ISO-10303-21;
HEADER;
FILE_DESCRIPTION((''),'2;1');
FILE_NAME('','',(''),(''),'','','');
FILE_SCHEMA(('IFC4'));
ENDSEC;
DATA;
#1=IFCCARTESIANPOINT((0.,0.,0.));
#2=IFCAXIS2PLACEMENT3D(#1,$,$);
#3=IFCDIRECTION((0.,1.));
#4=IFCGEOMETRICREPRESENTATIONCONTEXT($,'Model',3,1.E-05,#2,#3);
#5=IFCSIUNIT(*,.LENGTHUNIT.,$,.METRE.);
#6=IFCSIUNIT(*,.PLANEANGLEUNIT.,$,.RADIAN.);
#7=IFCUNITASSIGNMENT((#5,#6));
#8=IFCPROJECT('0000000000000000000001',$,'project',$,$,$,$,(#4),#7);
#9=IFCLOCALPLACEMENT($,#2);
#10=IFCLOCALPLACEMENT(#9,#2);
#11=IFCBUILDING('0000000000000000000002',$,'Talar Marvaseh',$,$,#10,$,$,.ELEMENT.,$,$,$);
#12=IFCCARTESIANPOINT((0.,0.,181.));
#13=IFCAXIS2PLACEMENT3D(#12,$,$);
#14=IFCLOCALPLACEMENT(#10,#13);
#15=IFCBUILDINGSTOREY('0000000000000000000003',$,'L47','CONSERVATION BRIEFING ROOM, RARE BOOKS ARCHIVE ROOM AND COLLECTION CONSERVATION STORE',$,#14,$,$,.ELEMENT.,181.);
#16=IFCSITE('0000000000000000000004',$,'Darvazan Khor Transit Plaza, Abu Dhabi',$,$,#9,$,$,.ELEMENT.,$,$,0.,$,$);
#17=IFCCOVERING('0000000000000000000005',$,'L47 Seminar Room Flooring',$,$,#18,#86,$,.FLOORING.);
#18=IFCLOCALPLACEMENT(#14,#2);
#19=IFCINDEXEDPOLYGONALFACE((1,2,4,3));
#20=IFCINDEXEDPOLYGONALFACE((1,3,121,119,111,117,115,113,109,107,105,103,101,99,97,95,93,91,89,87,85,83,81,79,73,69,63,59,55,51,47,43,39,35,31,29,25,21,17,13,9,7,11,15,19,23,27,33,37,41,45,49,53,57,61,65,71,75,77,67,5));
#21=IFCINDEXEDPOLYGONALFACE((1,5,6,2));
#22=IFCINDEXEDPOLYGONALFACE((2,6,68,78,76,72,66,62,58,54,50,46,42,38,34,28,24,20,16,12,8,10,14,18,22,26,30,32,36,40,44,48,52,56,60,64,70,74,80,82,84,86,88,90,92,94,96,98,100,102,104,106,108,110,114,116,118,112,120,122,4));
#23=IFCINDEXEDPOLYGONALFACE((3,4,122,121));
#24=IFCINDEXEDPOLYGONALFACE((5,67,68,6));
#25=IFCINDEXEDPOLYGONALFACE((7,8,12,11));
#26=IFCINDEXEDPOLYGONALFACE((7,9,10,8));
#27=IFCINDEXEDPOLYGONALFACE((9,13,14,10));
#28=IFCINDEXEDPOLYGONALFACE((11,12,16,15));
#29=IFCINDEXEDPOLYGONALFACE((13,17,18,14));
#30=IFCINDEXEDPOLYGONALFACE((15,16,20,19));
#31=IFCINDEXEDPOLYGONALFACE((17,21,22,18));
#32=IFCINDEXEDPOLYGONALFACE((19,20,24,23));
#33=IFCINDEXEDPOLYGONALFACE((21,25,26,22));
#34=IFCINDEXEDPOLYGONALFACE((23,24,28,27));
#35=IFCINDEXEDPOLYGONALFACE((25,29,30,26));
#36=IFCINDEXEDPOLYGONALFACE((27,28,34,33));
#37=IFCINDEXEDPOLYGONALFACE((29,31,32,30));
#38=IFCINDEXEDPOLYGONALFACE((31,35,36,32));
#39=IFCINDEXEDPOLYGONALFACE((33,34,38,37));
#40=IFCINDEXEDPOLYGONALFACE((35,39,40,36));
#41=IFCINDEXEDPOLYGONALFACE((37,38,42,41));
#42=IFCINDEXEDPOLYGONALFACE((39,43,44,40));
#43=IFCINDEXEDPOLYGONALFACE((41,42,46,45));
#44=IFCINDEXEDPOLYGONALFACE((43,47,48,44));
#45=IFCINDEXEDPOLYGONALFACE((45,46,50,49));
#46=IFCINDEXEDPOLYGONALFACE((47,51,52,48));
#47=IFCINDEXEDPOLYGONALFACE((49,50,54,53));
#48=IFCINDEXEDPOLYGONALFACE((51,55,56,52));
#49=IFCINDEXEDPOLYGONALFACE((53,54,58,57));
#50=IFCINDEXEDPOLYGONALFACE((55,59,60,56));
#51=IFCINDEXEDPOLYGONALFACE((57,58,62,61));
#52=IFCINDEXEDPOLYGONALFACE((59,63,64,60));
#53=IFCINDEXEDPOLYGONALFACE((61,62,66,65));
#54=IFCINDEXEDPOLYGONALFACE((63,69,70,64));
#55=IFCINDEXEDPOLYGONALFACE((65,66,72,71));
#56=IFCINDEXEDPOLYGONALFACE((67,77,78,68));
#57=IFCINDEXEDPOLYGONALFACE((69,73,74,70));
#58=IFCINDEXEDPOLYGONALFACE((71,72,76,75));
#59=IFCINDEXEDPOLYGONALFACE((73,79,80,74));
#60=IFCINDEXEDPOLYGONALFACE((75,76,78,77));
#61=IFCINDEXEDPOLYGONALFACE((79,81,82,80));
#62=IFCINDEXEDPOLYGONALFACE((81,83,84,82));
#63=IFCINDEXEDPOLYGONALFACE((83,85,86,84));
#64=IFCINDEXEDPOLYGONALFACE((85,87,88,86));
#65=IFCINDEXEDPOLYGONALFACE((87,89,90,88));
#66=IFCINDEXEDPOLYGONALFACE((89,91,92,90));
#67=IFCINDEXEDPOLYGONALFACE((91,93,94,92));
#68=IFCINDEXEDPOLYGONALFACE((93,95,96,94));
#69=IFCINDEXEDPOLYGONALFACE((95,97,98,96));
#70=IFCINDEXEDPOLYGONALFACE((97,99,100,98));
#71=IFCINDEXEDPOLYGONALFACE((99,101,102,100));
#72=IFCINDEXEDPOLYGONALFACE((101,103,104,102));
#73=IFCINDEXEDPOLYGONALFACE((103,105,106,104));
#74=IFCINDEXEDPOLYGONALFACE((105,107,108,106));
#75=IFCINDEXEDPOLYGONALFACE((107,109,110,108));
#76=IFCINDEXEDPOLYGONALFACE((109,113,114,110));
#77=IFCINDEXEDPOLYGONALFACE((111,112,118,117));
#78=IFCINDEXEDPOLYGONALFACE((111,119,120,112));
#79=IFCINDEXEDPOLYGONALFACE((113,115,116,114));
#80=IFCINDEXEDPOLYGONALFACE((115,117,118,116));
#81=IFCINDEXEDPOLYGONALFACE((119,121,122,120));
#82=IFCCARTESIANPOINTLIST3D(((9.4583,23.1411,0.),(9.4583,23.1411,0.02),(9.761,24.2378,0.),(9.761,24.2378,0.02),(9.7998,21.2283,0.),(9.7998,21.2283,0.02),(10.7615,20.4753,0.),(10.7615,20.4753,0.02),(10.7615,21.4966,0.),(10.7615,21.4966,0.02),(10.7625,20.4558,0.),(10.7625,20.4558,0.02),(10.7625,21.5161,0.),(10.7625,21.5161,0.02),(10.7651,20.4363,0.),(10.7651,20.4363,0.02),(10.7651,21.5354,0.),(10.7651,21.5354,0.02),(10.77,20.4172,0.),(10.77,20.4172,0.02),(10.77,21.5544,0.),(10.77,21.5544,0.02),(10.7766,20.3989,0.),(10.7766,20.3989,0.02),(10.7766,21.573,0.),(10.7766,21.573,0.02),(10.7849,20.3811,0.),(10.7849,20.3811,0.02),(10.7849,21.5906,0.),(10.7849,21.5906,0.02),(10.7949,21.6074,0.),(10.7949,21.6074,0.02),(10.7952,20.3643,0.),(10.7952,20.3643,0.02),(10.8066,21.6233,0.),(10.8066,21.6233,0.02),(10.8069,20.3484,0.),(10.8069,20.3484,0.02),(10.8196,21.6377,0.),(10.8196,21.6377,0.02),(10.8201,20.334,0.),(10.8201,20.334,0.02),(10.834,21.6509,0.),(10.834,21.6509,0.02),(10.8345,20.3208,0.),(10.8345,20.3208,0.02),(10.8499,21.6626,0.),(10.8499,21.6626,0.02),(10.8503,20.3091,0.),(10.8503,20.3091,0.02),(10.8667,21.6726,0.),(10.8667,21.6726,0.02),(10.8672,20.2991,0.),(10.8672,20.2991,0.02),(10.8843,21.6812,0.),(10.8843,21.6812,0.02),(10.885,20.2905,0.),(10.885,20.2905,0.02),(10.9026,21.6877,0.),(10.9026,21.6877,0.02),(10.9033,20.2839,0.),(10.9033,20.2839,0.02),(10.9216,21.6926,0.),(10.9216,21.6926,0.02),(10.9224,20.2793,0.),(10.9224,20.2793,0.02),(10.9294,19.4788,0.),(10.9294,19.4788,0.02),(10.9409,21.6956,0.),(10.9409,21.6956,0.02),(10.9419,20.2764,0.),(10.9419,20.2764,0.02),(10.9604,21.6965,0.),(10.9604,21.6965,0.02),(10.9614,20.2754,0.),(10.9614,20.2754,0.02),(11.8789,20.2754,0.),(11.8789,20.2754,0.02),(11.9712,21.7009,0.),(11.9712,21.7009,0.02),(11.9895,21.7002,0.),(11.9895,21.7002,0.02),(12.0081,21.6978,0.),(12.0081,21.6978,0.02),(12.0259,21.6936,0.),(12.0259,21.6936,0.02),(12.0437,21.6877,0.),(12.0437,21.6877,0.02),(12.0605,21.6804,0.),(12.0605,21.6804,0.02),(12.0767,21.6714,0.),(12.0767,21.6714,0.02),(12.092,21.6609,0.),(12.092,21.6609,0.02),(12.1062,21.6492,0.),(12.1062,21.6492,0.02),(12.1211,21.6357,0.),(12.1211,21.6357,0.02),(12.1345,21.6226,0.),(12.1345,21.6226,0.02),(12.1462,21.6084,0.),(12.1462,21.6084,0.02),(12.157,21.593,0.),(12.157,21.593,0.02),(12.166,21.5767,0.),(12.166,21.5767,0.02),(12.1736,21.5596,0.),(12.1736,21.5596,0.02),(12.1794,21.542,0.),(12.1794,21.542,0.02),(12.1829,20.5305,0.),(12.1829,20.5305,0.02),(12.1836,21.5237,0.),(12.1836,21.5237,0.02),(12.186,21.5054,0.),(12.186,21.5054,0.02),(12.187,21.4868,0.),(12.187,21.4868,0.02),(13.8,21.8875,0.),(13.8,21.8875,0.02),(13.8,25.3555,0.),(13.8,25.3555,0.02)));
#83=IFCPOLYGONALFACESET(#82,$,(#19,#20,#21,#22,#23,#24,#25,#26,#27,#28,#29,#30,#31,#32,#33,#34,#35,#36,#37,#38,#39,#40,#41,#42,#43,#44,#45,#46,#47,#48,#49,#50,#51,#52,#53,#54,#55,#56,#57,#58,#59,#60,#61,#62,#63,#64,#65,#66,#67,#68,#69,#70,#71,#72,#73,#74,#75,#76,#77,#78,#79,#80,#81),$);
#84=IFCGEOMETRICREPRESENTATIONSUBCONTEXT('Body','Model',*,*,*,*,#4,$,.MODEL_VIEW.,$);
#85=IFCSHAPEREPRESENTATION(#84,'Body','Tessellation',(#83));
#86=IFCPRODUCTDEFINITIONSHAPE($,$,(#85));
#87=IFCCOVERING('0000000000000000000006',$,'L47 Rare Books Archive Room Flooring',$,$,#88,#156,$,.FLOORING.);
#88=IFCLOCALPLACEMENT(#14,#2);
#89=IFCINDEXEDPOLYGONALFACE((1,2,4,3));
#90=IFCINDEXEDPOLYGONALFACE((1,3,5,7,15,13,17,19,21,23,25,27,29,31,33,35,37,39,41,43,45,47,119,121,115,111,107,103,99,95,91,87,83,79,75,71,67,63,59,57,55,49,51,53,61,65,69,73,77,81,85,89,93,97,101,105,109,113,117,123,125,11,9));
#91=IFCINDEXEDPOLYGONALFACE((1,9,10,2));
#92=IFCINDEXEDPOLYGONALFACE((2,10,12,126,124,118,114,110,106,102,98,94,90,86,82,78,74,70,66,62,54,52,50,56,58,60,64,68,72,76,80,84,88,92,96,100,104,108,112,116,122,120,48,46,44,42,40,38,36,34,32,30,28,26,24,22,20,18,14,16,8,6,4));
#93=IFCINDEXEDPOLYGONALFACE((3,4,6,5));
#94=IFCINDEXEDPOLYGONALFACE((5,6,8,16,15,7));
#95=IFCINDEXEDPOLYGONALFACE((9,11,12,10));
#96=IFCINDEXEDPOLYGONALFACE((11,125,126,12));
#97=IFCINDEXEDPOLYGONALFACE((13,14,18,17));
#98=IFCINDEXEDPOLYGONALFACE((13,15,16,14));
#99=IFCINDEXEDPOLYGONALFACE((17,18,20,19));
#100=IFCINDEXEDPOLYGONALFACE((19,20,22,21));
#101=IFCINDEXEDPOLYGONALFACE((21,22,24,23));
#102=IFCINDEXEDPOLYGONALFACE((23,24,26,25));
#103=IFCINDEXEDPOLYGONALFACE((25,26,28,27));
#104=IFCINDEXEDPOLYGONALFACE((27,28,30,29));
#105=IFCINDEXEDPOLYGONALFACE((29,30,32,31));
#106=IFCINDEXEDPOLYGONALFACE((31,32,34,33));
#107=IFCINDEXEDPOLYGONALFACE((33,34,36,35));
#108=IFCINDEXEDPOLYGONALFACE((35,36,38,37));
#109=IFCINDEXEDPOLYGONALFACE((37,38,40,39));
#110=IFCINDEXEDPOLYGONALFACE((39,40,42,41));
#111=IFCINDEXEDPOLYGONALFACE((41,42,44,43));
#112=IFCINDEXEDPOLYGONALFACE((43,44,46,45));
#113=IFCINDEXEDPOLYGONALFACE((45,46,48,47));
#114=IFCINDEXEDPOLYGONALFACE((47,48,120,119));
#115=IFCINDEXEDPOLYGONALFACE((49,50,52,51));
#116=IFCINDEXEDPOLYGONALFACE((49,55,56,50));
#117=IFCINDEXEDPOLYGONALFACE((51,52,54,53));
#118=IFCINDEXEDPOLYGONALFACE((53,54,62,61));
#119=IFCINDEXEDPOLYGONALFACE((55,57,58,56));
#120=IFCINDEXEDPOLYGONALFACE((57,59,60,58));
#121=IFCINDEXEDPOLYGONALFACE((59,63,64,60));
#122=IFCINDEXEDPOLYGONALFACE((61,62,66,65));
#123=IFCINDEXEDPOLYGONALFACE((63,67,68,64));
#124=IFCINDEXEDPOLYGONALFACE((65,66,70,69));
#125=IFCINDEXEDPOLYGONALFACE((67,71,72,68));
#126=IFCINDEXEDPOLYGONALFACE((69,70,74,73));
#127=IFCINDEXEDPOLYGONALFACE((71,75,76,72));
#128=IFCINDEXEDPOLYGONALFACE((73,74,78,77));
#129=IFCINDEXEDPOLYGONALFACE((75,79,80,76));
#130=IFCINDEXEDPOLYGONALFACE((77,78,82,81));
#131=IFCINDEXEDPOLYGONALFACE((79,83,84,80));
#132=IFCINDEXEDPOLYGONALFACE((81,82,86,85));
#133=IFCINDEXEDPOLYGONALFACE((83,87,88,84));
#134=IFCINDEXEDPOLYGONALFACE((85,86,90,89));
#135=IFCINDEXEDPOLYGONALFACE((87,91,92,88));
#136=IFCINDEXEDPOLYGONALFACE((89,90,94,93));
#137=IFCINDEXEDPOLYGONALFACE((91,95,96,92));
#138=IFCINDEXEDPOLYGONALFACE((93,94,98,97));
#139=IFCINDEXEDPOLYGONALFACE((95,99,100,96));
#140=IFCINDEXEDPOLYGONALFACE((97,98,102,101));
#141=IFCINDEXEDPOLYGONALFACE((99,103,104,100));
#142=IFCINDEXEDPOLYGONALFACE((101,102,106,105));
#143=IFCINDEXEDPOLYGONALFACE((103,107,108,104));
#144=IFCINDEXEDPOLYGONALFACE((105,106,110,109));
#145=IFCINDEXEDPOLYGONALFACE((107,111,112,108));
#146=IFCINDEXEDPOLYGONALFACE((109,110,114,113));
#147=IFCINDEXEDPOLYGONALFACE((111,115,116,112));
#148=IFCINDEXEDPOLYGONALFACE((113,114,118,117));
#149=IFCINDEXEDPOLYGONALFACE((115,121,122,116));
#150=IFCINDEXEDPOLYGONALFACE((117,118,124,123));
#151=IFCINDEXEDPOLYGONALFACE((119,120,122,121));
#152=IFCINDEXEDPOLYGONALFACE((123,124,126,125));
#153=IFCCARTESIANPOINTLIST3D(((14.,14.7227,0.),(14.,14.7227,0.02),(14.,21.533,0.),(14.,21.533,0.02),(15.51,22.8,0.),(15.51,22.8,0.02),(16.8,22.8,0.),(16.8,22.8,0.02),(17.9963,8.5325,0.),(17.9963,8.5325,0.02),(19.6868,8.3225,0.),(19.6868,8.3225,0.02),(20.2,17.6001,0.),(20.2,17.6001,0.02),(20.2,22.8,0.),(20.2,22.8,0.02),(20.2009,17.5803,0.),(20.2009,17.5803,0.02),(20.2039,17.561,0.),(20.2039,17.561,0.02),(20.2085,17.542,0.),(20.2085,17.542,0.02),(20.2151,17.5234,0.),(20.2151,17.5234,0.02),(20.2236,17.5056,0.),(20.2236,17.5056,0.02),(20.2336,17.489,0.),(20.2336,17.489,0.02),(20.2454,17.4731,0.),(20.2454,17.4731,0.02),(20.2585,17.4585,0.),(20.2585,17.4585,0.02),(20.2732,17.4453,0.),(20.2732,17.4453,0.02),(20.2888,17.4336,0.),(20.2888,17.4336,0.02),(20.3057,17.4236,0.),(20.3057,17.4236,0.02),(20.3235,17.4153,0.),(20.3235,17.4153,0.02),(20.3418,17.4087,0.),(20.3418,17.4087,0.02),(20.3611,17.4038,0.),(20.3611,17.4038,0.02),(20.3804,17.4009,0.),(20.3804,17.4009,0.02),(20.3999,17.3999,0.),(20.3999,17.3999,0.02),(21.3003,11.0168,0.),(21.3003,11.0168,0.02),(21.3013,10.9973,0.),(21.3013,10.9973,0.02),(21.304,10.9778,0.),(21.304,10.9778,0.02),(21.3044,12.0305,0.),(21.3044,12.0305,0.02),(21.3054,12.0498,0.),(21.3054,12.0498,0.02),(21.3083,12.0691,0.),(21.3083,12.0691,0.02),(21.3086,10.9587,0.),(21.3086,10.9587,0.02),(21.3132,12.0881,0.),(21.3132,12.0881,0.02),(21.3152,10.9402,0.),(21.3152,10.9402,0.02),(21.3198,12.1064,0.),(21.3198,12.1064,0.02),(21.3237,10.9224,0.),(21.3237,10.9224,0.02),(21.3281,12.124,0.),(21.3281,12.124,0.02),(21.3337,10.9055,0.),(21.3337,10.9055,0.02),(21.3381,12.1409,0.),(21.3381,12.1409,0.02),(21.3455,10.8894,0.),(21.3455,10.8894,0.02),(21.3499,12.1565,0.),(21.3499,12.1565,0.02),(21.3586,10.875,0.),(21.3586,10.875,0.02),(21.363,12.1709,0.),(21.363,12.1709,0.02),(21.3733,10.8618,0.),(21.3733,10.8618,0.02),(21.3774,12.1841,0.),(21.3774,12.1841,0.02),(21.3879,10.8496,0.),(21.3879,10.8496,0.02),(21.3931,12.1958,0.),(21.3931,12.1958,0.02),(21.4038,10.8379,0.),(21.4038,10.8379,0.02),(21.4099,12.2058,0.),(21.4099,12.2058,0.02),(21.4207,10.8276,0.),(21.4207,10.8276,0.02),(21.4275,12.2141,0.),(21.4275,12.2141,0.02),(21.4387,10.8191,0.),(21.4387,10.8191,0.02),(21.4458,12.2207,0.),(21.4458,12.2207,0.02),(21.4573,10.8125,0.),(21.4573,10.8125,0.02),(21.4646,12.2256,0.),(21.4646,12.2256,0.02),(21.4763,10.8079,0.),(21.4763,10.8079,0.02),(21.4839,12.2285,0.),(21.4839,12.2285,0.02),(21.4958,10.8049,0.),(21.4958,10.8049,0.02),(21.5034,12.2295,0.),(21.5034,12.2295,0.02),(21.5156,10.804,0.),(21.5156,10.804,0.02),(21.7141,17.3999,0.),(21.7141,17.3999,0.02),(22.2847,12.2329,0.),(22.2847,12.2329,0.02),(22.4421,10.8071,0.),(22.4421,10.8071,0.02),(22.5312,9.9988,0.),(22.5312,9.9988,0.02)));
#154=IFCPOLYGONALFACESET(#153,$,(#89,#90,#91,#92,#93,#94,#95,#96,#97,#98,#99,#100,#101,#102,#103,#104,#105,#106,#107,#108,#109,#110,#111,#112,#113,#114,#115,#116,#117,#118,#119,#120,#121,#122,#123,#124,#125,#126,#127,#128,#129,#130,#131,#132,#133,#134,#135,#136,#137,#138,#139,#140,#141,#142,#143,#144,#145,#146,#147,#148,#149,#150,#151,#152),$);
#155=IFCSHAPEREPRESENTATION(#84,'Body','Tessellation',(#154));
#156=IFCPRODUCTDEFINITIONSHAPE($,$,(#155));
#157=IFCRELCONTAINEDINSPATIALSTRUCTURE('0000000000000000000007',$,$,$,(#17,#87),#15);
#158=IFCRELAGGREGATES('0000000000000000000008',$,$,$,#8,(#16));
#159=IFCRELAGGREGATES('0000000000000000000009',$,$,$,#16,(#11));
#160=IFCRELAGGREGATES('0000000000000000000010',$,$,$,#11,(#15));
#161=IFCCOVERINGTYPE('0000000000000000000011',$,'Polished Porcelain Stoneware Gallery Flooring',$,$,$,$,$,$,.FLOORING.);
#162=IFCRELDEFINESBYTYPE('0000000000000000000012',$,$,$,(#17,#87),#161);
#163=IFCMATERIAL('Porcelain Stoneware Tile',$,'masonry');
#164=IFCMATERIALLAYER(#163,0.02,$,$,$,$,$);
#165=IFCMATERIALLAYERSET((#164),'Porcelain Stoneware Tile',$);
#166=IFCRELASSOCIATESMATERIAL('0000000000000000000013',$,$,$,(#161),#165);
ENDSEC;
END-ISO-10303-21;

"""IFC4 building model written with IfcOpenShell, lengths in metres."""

from ifc_helpers import new_model, si_unit, direction, frame, origin, place, context, subcontext, project, spatial, polyline, outline, extrude, material, layer, layer_set, type_object, element, save


model = new_model("IFC4")

# Units and contexts
model_context = context("Model", 3, precision=1e-05, world=origin(), true_north=direction((0.0, 1.0)))
body_context = subcontext(model_context, "Body", "Model", "MODEL_VIEW")
ifc_project = project(units=[si_unit("LENGTHUNIT", "METRE"), si_unit("PLANEANGLEUNIT", "RADIAN")], contexts=[model_context])

# Site, building, storey
site_placement = place(None, origin())
site = spatial("IfcSite", under=ifc_project, at=site_placement, Name="Darvazan Khor Transit Plaza, Abu Dhabi", CompositionType="ELEMENT", RefElevation=0.0)
building_placement = place(site_placement, origin())
building = spatial("IfcBuilding", under=site, at=building_placement, Name="Talar Marvaseh", CompositionType="ELEMENT")
storey_placement = place(building_placement, frame((0.0, 0.0, 181.0)))
storey = spatial("IfcBuildingStorey", under=building, at=storey_placement, Name="L47", Description="CONSERVATION BRIEFING ROOM, RARE BOOKS ARCHIVE ROOM AND COLLECTION CONSERVATION STORE", CompositionType="ELEMENT", Elevation=181.0)

# Coverings
ifc_material_1 = material(Name="Porcelain Stoneware Tile", Category="masonry")
ifc_layer_1 = layer(ifc_material_1, 0.02)
ifc_layer_set_1 = layer_set([ifc_layer_1], Name="Porcelain Stoneware Tile")
covering_type_1 = type_object("IfcCoveringType", Name="Polished Porcelain Stoneware Gallery Flooring", PredefinedType="FLOORING", material=ifc_layer_set_1)
covering_1_placement = place(storey_placement, origin())
element("IfcCovering", 1, at=covering_1_placement, inside=storey, type_object=covering_type_1, Name="L47 Seminar Room Flooring", PredefinedType="FLOORING", context=body_context, shape_type="SweptSolid", body=[
    extrude(outline(polyline([(13.8, 25.3555), (13.8, 21.8875), (12.1829, 20.5305), (12.187, 21.4868), (12.186, 21.5054), (12.1836, 21.5237), (12.1794, 21.542), (12.1736, 21.5596), (12.166, 21.5767), (12.157, 21.593), (12.1462, 21.6084), (12.1345, 21.6226), (12.1211, 21.6357), (12.1062, 21.6492), (12.092, 21.6609), (12.0767, 21.6714), (12.0605, 21.6804), (12.0437, 21.6877), (12.0259, 21.6936), (12.0081, 21.6978), (11.9895, 21.7002), (11.9712, 21.7009), (10.9604, 21.6965), (10.9409, 21.6956), (10.9216, 21.6926), (10.9026, 21.6877), (10.8843, 21.6812), (10.8667, 21.6726), (10.8499, 21.6626), (10.834, 21.6509), (10.8196, 21.6377), (10.8066, 21.6233), (10.7949, 21.6074), (10.7849, 21.5906), (10.7766, 21.573), (10.77, 21.5544), (10.7651, 21.5354), (10.7625, 21.5161), (10.7615, 21.4966), (10.7615, 20.4753), (10.7625, 20.4558), (10.7651, 20.4363), (10.77, 20.4172), (10.7766, 20.3989), (10.7849, 20.3811), (10.7952, 20.3643), (10.8069, 20.3484), (10.8201, 20.334), (10.8345, 20.3208), (10.8503, 20.3091), (10.8672, 20.2991), (10.885, 20.2905), (10.9033, 20.2839), (10.9224, 20.2793), (10.9419, 20.2764), (10.9614, 20.2754), (11.8789, 20.2754), (10.9294, 19.4788), (9.7998, 21.2283), (9.4583, 23.1411), (9.761, 24.2378), (13.8, 25.3555)])), origin(), (0.0, 0.0, 1.0), 0.02),
])
covering_2_placement = place(storey_placement, origin())
element("IfcCovering", 2, at=covering_2_placement, inside=storey, type_object=covering_type_1, Name="L47 Rare Books Archive Room Flooring", PredefinedType="FLOORING", context=body_context, shape_type="SweptSolid", body=[
    extrude(outline(polyline([(16.8, 22.8), (20.2, 22.8), (20.2, 17.6001), (20.2009, 17.5803), (20.2039, 17.561), (20.2085, 17.542), (20.2151, 17.5234), (20.2236, 17.5056), (20.2336, 17.489), (20.2454, 17.4731), (20.2585, 17.4585), (20.2732, 17.4453), (20.2888, 17.4336), (20.3057, 17.4236), (20.3235, 17.4153), (20.3418, 17.4087), (20.3611, 17.4038), (20.3804, 17.4009), (20.3999, 17.3999), (21.7141, 17.3999), (22.2847, 12.2329), (21.5034, 12.2295), (21.4839, 12.2285), (21.4646, 12.2256), (21.4458, 12.2207), (21.4275, 12.2141), (21.4099, 12.2058), (21.3931, 12.1958), (21.3774, 12.1841), (21.363, 12.1709), (21.3499, 12.1565), (21.3381, 12.1409), (21.3281, 12.124), (21.3198, 12.1064), (21.3132, 12.0881), (21.3083, 12.0691), (21.3054, 12.0498), (21.3044, 12.0305), (21.3003, 11.0168), (21.3013, 10.9973), (21.304, 10.9778), (21.3086, 10.9587), (21.3152, 10.9402), (21.3237, 10.9224), (21.3337, 10.9055), (21.3455, 10.8894), (21.3586, 10.875), (21.3733, 10.8618), (21.3879, 10.8496), (21.4038, 10.8379), (21.4207, 10.8276), (21.4387, 10.8191), (21.4573, 10.8125), (21.4763, 10.8079), (21.4958, 10.8049), (21.5156, 10.804), (22.4421, 10.8071), (22.5312, 9.9988), (19.6868, 8.3225), (17.9963, 8.5325), (14.0, 14.7227), (14.0, 21.533), (15.51, 22.8), (16.8, 22.8)])), origin(), (0.0, 0.0, 1.0), 0.02),
])

save(model, "model.ifc")
